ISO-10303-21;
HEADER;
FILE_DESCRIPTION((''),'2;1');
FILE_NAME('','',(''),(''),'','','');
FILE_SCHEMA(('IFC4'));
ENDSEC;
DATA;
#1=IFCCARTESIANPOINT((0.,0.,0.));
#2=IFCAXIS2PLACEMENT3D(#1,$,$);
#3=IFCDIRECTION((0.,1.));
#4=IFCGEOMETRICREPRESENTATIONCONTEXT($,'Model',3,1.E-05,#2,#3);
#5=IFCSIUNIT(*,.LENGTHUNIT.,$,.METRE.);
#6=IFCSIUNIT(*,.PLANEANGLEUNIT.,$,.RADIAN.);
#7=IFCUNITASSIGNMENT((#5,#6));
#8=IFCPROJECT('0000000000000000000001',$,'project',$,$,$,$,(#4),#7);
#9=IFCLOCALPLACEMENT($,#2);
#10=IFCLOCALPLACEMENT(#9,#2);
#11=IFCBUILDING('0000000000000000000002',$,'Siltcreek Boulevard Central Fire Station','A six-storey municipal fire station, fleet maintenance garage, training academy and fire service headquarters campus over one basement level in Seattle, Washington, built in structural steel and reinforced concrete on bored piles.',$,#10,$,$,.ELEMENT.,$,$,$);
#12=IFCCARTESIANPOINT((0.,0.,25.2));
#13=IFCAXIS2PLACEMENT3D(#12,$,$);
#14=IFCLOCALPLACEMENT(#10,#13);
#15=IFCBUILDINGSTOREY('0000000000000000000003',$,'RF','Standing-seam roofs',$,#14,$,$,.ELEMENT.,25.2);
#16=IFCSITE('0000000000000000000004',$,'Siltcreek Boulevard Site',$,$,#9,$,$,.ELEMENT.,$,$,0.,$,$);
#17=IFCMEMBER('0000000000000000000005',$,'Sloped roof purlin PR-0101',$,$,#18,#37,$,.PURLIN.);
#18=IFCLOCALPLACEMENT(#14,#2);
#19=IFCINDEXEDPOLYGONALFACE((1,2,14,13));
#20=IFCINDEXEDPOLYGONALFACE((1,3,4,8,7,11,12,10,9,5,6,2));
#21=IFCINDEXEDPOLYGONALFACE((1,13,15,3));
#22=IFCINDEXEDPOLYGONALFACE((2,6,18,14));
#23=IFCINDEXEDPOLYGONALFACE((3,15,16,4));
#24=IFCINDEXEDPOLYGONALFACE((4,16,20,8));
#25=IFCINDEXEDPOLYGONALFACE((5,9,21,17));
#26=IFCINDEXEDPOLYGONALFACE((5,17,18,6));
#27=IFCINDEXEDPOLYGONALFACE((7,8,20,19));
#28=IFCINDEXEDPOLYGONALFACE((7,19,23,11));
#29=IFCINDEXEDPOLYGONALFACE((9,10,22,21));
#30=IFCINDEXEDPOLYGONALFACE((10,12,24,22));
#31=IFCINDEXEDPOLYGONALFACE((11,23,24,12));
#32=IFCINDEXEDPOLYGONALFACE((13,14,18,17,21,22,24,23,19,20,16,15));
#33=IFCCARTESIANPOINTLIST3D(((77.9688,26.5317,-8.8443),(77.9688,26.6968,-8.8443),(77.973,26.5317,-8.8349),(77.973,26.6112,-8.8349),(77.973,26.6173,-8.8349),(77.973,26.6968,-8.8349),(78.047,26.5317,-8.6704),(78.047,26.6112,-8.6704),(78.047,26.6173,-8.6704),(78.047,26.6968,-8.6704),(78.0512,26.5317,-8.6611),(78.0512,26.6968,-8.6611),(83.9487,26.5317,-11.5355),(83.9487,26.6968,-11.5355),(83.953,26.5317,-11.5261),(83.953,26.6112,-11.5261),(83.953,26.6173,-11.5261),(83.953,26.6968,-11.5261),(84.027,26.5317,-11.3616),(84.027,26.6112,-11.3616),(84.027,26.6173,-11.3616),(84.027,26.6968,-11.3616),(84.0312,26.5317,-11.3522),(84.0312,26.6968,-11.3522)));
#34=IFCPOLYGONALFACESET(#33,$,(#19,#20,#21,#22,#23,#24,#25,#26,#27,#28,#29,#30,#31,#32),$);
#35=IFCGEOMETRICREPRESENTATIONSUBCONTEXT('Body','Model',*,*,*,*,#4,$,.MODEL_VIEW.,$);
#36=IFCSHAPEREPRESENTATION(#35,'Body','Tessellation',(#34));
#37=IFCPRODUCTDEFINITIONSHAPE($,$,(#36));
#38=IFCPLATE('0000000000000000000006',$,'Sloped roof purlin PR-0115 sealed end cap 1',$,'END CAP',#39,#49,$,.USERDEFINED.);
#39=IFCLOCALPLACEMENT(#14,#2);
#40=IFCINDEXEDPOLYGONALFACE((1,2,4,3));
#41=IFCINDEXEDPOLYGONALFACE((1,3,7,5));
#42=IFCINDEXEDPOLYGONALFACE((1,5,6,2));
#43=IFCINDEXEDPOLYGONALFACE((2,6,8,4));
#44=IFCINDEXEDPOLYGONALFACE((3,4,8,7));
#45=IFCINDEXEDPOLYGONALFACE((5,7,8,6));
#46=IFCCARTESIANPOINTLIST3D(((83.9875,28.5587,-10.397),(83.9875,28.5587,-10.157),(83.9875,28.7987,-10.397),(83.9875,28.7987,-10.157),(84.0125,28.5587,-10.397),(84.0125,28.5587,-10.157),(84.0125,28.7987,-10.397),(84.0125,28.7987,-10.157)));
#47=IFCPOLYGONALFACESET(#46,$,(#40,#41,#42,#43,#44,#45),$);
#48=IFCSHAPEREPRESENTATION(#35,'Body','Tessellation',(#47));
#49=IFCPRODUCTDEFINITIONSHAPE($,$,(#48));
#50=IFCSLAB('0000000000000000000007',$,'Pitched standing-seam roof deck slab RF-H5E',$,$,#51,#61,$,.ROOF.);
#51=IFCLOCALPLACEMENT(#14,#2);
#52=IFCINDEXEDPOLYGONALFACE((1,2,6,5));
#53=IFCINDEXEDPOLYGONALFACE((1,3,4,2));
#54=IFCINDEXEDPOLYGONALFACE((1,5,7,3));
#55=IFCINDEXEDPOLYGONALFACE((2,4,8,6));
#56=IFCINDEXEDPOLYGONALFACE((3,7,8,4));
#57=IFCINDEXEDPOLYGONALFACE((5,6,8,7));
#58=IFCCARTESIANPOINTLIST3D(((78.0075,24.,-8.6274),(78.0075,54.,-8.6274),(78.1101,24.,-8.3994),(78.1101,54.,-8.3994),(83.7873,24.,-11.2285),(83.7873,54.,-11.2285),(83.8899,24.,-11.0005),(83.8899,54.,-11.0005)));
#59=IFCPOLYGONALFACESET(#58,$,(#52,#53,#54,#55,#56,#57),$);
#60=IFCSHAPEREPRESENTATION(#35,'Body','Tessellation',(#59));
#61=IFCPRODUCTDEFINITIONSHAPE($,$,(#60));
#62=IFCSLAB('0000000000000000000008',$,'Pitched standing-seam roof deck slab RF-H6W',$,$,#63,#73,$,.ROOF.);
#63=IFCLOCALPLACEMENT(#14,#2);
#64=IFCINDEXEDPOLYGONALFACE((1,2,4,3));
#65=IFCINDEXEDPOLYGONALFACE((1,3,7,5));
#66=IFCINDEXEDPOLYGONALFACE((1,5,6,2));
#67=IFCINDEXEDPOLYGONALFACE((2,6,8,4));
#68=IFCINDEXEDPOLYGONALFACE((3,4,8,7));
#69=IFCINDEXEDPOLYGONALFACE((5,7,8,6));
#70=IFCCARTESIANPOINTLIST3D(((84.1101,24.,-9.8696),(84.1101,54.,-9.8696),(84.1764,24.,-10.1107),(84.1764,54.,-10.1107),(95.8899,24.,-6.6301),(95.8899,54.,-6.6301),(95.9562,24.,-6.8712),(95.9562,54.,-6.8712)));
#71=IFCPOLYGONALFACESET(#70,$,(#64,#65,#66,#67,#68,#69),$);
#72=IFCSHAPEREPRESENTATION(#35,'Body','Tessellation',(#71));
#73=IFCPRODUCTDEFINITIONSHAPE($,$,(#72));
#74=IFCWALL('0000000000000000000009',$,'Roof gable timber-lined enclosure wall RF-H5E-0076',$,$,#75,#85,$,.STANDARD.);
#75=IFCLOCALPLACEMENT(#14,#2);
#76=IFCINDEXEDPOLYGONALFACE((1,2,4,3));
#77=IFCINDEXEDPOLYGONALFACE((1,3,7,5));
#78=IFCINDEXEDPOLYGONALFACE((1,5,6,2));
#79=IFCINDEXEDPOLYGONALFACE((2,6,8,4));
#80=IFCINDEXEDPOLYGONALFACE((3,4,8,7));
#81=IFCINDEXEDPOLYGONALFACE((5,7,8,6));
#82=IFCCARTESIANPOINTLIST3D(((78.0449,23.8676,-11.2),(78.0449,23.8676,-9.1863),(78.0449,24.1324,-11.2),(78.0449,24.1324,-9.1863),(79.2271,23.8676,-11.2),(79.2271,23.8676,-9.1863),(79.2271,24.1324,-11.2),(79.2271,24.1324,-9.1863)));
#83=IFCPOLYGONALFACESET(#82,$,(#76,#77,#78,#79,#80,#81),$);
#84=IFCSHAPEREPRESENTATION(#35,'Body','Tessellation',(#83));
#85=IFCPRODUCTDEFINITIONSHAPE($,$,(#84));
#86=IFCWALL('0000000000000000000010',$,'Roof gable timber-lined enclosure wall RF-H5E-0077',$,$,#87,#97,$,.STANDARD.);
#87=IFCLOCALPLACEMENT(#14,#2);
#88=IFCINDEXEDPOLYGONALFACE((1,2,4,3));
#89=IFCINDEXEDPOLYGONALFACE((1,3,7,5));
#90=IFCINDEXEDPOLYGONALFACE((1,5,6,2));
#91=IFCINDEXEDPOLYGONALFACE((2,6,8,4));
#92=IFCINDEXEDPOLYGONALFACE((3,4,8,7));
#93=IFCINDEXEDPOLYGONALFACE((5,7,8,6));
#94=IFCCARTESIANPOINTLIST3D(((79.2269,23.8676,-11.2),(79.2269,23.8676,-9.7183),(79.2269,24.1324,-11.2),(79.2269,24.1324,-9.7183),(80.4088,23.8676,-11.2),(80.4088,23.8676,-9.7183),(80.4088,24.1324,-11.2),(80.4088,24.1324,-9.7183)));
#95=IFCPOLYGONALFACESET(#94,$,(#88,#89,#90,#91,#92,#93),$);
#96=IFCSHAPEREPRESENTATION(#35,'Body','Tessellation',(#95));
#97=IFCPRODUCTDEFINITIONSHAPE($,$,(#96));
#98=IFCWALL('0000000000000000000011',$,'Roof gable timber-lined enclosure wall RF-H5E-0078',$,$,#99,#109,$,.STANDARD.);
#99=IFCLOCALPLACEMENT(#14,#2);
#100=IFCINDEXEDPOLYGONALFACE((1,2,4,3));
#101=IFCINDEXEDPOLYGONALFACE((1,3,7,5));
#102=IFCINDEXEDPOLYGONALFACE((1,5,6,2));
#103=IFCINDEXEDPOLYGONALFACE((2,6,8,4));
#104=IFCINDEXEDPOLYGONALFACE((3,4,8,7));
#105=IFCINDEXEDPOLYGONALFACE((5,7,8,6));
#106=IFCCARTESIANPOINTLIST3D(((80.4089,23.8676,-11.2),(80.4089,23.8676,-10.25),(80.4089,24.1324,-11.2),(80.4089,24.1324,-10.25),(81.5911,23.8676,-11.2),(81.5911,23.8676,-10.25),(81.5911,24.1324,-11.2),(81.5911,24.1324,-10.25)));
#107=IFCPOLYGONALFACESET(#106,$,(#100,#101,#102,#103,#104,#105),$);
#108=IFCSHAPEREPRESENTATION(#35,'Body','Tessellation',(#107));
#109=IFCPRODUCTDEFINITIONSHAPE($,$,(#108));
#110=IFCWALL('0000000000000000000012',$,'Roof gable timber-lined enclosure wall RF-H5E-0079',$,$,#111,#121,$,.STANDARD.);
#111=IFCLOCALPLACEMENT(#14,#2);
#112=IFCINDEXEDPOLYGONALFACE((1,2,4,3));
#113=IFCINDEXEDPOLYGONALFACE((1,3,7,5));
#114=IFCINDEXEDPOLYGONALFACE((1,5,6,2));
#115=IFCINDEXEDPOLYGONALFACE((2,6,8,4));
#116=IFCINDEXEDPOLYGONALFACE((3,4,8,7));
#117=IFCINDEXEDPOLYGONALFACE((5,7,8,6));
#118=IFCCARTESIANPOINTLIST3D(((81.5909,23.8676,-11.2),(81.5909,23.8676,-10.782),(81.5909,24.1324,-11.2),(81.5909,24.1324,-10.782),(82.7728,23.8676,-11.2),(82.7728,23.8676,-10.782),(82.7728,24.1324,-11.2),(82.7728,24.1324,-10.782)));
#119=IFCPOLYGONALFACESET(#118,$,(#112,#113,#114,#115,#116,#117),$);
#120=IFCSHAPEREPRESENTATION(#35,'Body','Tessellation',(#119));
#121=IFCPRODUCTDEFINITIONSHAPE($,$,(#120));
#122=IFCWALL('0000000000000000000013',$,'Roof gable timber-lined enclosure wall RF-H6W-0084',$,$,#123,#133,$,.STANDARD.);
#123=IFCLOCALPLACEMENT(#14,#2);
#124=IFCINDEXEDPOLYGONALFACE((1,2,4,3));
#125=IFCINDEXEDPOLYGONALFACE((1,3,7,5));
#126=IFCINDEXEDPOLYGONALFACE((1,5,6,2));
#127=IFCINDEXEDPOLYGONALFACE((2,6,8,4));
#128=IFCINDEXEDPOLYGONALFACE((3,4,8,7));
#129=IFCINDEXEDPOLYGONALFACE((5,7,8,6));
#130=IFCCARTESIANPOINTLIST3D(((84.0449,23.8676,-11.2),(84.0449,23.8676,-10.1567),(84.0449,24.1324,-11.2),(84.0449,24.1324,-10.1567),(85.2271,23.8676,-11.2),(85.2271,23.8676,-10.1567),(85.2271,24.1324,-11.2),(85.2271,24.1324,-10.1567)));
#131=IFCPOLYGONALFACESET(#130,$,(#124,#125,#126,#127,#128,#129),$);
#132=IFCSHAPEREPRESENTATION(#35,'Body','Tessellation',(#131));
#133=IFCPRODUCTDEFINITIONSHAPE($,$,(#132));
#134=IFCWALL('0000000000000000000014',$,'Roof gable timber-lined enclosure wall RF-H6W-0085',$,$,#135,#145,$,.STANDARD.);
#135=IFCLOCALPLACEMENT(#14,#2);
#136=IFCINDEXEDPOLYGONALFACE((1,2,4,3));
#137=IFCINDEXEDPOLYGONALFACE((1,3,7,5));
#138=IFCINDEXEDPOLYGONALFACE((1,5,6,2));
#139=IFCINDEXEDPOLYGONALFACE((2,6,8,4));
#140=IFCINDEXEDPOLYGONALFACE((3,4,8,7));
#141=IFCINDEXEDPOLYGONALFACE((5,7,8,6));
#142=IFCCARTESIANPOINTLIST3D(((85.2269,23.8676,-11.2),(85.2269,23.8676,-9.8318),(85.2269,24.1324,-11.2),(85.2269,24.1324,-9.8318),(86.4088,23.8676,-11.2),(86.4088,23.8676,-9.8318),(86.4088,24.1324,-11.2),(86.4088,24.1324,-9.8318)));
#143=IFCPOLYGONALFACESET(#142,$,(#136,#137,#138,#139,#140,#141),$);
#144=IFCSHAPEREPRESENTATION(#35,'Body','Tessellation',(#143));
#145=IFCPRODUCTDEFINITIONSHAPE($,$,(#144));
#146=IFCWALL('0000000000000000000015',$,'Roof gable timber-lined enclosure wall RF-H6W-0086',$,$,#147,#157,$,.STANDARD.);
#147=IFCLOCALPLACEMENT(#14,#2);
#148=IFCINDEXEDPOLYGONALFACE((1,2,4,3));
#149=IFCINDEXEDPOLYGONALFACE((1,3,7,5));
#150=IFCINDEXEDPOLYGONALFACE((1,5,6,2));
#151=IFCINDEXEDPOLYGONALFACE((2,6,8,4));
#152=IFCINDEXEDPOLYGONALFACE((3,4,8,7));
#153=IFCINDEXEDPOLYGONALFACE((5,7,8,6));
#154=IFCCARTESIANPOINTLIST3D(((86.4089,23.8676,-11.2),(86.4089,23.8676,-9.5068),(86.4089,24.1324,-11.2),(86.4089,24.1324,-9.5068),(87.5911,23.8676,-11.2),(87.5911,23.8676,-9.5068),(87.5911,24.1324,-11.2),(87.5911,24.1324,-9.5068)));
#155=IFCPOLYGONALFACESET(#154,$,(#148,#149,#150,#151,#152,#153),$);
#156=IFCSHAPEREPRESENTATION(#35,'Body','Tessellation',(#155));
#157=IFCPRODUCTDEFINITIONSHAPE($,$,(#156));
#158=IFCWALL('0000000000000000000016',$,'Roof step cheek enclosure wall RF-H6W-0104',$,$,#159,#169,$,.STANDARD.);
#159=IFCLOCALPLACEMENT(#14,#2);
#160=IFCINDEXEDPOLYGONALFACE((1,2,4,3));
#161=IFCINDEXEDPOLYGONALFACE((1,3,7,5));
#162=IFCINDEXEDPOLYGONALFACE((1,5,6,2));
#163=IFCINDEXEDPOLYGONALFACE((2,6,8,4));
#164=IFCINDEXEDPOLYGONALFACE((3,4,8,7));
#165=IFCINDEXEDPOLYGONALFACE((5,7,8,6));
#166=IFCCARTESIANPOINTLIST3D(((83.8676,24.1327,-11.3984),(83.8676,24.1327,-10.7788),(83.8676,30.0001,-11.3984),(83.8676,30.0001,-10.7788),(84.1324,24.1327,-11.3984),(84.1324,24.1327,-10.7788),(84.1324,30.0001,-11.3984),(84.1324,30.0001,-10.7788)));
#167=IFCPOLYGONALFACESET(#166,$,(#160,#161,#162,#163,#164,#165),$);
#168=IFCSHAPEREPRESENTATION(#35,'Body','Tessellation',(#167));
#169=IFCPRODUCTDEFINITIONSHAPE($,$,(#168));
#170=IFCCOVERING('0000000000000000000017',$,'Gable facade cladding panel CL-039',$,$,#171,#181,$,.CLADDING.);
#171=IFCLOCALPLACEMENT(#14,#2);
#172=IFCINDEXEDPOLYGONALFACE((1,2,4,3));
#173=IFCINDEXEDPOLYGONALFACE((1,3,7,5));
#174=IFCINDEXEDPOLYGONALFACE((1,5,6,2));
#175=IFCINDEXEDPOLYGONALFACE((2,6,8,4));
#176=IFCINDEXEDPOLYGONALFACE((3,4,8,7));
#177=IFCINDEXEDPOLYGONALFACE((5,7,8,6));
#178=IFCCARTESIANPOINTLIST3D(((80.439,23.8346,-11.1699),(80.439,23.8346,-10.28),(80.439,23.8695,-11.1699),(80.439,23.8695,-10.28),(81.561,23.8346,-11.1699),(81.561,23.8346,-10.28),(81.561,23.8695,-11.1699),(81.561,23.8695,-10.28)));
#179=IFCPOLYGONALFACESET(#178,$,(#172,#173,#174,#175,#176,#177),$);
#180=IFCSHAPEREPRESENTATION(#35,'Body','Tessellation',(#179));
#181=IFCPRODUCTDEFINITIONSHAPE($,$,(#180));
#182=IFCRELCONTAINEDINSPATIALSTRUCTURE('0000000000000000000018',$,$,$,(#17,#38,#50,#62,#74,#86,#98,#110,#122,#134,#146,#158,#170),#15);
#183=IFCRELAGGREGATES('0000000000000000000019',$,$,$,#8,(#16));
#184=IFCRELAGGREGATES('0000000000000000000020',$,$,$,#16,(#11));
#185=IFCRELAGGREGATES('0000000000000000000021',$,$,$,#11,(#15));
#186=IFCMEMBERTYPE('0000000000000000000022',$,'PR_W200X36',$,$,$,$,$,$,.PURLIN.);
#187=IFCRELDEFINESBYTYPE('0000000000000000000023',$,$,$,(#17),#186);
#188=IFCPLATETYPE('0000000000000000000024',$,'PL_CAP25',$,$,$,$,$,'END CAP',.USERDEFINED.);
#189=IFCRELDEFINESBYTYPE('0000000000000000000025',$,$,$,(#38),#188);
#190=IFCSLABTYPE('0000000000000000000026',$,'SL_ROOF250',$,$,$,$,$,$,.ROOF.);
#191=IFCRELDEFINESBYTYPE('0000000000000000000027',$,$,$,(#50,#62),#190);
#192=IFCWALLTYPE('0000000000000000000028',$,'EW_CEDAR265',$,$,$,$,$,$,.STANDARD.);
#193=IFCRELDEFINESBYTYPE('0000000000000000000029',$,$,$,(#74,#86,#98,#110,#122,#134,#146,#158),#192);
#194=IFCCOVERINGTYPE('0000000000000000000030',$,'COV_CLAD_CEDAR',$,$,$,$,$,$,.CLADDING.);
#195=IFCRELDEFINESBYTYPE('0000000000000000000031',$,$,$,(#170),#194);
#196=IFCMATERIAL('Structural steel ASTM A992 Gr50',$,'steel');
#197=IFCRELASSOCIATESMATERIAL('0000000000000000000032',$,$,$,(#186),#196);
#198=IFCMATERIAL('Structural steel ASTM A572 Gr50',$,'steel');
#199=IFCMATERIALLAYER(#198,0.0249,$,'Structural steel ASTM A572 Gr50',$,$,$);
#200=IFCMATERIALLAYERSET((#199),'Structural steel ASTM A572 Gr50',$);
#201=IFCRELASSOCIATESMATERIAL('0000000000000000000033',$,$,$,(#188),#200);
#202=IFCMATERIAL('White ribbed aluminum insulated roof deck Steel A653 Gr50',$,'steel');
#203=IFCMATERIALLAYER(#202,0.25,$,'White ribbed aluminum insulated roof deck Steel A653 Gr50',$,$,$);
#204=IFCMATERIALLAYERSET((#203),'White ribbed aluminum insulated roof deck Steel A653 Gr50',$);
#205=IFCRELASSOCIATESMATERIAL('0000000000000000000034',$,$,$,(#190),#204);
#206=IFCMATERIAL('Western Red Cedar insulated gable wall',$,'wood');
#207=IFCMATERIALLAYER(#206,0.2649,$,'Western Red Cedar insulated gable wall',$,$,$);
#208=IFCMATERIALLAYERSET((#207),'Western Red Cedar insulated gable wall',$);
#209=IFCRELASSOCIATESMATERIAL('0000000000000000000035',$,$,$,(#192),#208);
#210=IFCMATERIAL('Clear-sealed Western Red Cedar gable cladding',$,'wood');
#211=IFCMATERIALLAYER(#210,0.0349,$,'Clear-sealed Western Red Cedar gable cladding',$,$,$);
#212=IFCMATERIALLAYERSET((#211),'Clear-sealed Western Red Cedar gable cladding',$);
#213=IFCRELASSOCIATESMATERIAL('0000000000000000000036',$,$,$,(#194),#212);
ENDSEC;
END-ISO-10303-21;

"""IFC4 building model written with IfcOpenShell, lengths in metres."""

from ifc_helpers import new_model, si_unit, direction, frame, frame_2d, origin, origin_2d, place, context, subcontext, project, spatial, polyline, rectangle, i_section, outline, extrude, material, layer, layer_set, material_profile, profile_set, type_object, element, save


model = new_model("IFC4")

# Units and contexts
model_context = context("Model", 3, precision=1e-05, world=origin(), true_north=direction((0.0, 1.0)))
body_context = subcontext(model_context, "Body", "Model", "MODEL_VIEW")
ifc_project = project(units=[si_unit("LENGTHUNIT", "METRE"), si_unit("PLANEANGLEUNIT", "RADIAN")], contexts=[model_context])

# Site, building, storey
site_placement = place(None, origin())
site = spatial("IfcSite", under=ifc_project, at=site_placement, Name="Siltcreek Boulevard Site", CompositionType="ELEMENT", RefElevation=0.0)
building_placement = place(site_placement, origin())
building = spatial("IfcBuilding", under=site, at=building_placement, Name="Siltcreek Boulevard Central Fire Station", Description="A six-storey municipal fire station, fleet maintenance garage, training academy and fire service headquarters campus over one basement level in Seattle, Washington, built in structural steel and reinforced concrete on bored piles.", CompositionType="ELEMENT")
storey_placement = place(building_placement, frame((0.0, 0.0, 25.2)))
storey = spatial("IfcBuildingStorey", under=building, at=storey_placement, Name="RF", Description="Standing-seam roofs", CompositionType="ELEMENT", Elevation=25.2)

# Shared definitions
ifc_material_1 = material(Name="Structural steel ASTM A992 Gr50", Category="steel")

# Member
ifc_material_profile_1 = material_profile(ifc_material_1, i_section(OverallWidth=0.165, OverallDepth=0.2009, WebThickness=0.0061, FlangeThickness=0.0103, at=origin_2d()), Name="W200X36")
ifc_profile_set_1 = profile_set([ifc_material_profile_1], Name="Structural steel ASTM A992 Gr50")
member_type_1 = type_object("IfcMemberType", Name="PR_W200X36", PredefinedType="PURLIN", material=ifc_profile_set_1)
member_1_placement = place(storey_placement, frame((78.01, 26.6143, -8.7527), z_axis=(0.911912, 0.0, -0.410386), x_axis=(0.0, 1.0, 0.0)))
element("IfcMember", 1, at=member_1_placement, inside=storey, type_object=member_type_1, Name="Sloped roof purlin PR-0101", PredefinedType="PURLIN", context=body_context, shape_type="SweptSolid", body=[
    extrude(i_section(OverallWidth=0.165, OverallDepth=0.2009, WebThickness=0.0061, FlangeThickness=0.0103, at=origin_2d()), origin(), (0.0, 0.0, 1.0), 6.5576),
])

# Plate
ifc_material_2 = material(Name="Structural steel ASTM A572 Gr50", Category="steel")
ifc_layer_1 = layer(ifc_material_2, 0.0249, Name="Structural steel ASTM A572 Gr50")
ifc_layer_set_1 = layer_set([ifc_layer_1], Name="Structural steel ASTM A572 Gr50")
plate_type = type_object("IfcPlateType", Name="PL_CAP25", ElementType="END CAP", PredefinedType="USERDEFINED", material=ifc_layer_set_1)
plate_placement = place(storey_placement, frame((84.0, 28.6787, -10.397), z_axis=(0.0, 0.0, 1.0), x_axis=(1.0, 0.0, 0.0)))
element("IfcPlate", 2, at=plate_placement, inside=storey, type_object=plate_type, Name="Sloped roof purlin PR-0115 sealed end cap 1", ObjectType="END CAP", PredefinedType="USERDEFINED", context=body_context, shape_type="SweptSolid", body=[
    extrude(rectangle(XDim=0.0249, YDim=0.24, at=origin_2d()), origin(), (0.0, 0.0, 1.0), 0.24),
])

# Slabs
ifc_material_3 = material(Name="White ribbed aluminum insulated roof deck Steel A653 Gr50", Category="steel")
ifc_layer_2 = layer(ifc_material_3, 0.25, Name="White ribbed aluminum insulated roof deck Steel A653 Gr50")
ifc_layer_set_2 = layer_set([ifc_layer_2], Name="White ribbed aluminum insulated roof deck Steel A653 Gr50")
slab_type = type_object("IfcSlabType", Name="SL_ROOF250", PredefinedType="ROOF", material=ifc_layer_set_2)
slab_1_placement = place(storey_placement, frame((78.1101, 24.0, -8.3994), z_axis=(0.410387, 0.0, 0.911911), x_axis=(0.911911, 0.0, -0.410387)))
element("IfcSlab", 3, at=slab_1_placement, inside=storey, type_object=slab_type, Name="Pitched standing-seam roof deck slab RF-H5E", PredefinedType="ROOF", context=body_context, shape_type="SweptSolid", body=[
    extrude(outline(polyline([(0.0, 0.0), (6.3381, 0.0), (6.3381, 30.0), (0.0, 30.0), (0.0, 0.0)])), origin(), (0.0, 0.0, -1.0), 0.25),
])
slab_2_placement = place(storey_placement, frame((84.1101, 24.0, -9.8696), z_axis=(-0.265161, 0.0, 0.964204), x_axis=(0.964204, 0.0, 0.265161)))
element("IfcSlab", 4, at=slab_2_placement, inside=storey, type_object=slab_type, Name="Pitched standing-seam roof deck slab RF-H6W", PredefinedType="ROOF", context=body_context, shape_type="SweptSolid", body=[
    extrude(outline(polyline([(0.0, 0.0), (12.2171, 0.0), (12.2171, 30.0), (0.0, 30.0), (0.0, 0.0)])), origin(), (0.0, 0.0, -1.0), 0.25),
])

# Walls
ifc_material_4 = material(Name="Western Red Cedar insulated gable wall", Category="wood")
ifc_layer_3 = layer(ifc_material_4, 0.2649, Name="Western Red Cedar insulated gable wall")
ifc_layer_set_3 = layer_set([ifc_layer_3], Name="Western Red Cedar insulated gable wall")
wall_type = type_object("IfcWallType", Name="EW_CEDAR265", PredefinedType="STANDARD", material=ifc_layer_set_3)
wall_1_placement = place(storey_placement, frame((78.0449, 24.0, -11.2), z_axis=(0.0, 0.0, 1.0), x_axis=(1.0, 0.0, 0.0)))
element("IfcWall", 5, at=wall_1_placement, inside=storey, type_object=wall_type, Name="Roof gable timber-lined enclosure wall RF-H5E-0076", PredefinedType="STANDARD", context=body_context, shape_type="SweptSolid", body=[
    extrude(rectangle(XDim=1.1821, YDim=0.2649, at=frame_2d((0.5911, 0.0))), origin(), (0.0, 0.0, 1.0), 2.0137),
])
wall_2_placement = place(storey_placement, frame((79.2271, 24.0, -11.2), z_axis=(0.0, 0.0, 1.0), x_axis=(1.0, 0.0, 0.0)))
element("IfcWall", 6, at=wall_2_placement, inside=storey, type_object=wall_type, Name="Roof gable timber-lined enclosure wall RF-H5E-0077", PredefinedType="STANDARD", context=body_context, shape_type="SweptSolid", body=[
    extrude(rectangle(XDim=1.1819, YDim=0.2649, at=frame_2d((0.5908, 0.0))), origin(), (0.0, 0.0, 1.0), 1.4817),
])
wall_3_placement = place(storey_placement, frame((80.4089, 24.0, -11.2), z_axis=(0.0, 0.0, 1.0), x_axis=(1.0, 0.0, 0.0)))
element("IfcWall", 7, at=wall_3_placement, inside=storey, type_object=wall_type, Name="Roof gable timber-lined enclosure wall RF-H5E-0078", PredefinedType="STANDARD", context=body_context, shape_type="SweptSolid", body=[
    extrude(rectangle(XDim=1.1821, YDim=0.2649, at=frame_2d((0.5911, 0.0))), origin(), (0.0, 0.0, 1.0), 0.95),
])
wall_4_placement = place(storey_placement, frame((81.5911, 24.0, -11.2), z_axis=(0.0, 0.0, 1.0), x_axis=(1.0, 0.0, 0.0)))
element("IfcWall", 8, at=wall_4_placement, inside=storey, type_object=wall_type, Name="Roof gable timber-lined enclosure wall RF-H5E-0079", PredefinedType="STANDARD", context=body_context, shape_type="SweptSolid", body=[
    extrude(rectangle(XDim=1.1819, YDim=0.2649, at=frame_2d((0.5908, 0.0))), origin(), (0.0, 0.0, 1.0), 0.418),
])
wall_5_placement = place(storey_placement, frame((84.0449, 24.0, -11.2), z_axis=(0.0, 0.0, 1.0), x_axis=(1.0, 0.0, 0.0)))
element("IfcWall", 9, at=wall_5_placement, inside=storey, type_object=wall_type, Name="Roof gable timber-lined enclosure wall RF-H6W-0084", PredefinedType="STANDARD", context=body_context, shape_type="SweptSolid", body=[
    extrude(rectangle(XDim=1.1821, YDim=0.2649, at=frame_2d((0.5911, 0.0))), origin(), (0.0, 0.0, 1.0), 1.0432),
])
wall_6_placement = place(storey_placement, frame((85.2271, 24.0, -11.2), z_axis=(0.0, 0.0, 1.0), x_axis=(1.0, 0.0, 0.0)))
element("IfcWall", 10, at=wall_6_placement, inside=storey, type_object=wall_type, Name="Roof gable timber-lined enclosure wall RF-H6W-0085", PredefinedType="STANDARD", context=body_context, shape_type="SweptSolid", body=[
    extrude(rectangle(XDim=1.1819, YDim=0.2649, at=frame_2d((0.5908, 0.0))), origin(), (0.0, 0.0, 1.0), 1.3682),
])
wall_7_placement = place(storey_placement, frame((86.4089, 24.0, -11.2), z_axis=(0.0, 0.0, 1.0), x_axis=(1.0, 0.0, 0.0)))
element("IfcWall", 11, at=wall_7_placement, inside=storey, type_object=wall_type, Name="Roof gable timber-lined enclosure wall RF-H6W-0086", PredefinedType="STANDARD", context=body_context, shape_type="SweptSolid", body=[
    extrude(rectangle(XDim=1.1821, YDim=0.2649, at=frame_2d((0.5911, 0.0))), origin(), (0.0, 0.0, 1.0), 1.6931),
])
wall_8_placement = place(storey_placement, frame((84.0, 30.0, -11.3984), z_axis=(0.0, 0.0, 1.0), x_axis=(0.0, -1.0, 0.0)))
element("IfcWall", 12, at=wall_8_placement, inside=storey, type_object=wall_type, Name="Roof step cheek enclosure wall RF-H6W-0104", PredefinedType="STANDARD", context=body_context, shape_type="SweptSolid", body=[
    extrude(rectangle(XDim=5.8674, YDim=0.2649, at=frame_2d((2.9336, 0.0))), origin(), (0.0, 0.0, 1.0), 0.6196),
])

# Covering
ifc_material_5 = material(Name="Clear-sealed Western Red Cedar gable cladding", Category="wood")
ifc_layer_4 = layer(ifc_material_5, 0.0349, Name="Clear-sealed Western Red Cedar gable cladding")
ifc_layer_set_4 = layer_set([ifc_layer_4], Name="Clear-sealed Western Red Cedar gable cladding")
covering_type = type_object("IfcCoveringType", Name="COV_CLAD_CEDAR", PredefinedType="CLADDING", material=ifc_layer_set_4)
covering_placement = place(storey_placement, frame((81.0, 23.8521, -11.1699), z_axis=(0.0, 0.0, 1.0), x_axis=(1.0, 0.0, 0.0)))
element("IfcCovering", 13, at=covering_placement, inside=storey, type_object=covering_type, Name="Gable facade cladding panel CL-039", PredefinedType="CLADDING", context=body_context, shape_type="SweptSolid", body=[
    extrude(rectangle(XDim=1.1221, YDim=0.0349, at=origin_2d()), origin(), (0.0, 0.0, 1.0), 0.8899),
])

save(model, "model.ifc")
